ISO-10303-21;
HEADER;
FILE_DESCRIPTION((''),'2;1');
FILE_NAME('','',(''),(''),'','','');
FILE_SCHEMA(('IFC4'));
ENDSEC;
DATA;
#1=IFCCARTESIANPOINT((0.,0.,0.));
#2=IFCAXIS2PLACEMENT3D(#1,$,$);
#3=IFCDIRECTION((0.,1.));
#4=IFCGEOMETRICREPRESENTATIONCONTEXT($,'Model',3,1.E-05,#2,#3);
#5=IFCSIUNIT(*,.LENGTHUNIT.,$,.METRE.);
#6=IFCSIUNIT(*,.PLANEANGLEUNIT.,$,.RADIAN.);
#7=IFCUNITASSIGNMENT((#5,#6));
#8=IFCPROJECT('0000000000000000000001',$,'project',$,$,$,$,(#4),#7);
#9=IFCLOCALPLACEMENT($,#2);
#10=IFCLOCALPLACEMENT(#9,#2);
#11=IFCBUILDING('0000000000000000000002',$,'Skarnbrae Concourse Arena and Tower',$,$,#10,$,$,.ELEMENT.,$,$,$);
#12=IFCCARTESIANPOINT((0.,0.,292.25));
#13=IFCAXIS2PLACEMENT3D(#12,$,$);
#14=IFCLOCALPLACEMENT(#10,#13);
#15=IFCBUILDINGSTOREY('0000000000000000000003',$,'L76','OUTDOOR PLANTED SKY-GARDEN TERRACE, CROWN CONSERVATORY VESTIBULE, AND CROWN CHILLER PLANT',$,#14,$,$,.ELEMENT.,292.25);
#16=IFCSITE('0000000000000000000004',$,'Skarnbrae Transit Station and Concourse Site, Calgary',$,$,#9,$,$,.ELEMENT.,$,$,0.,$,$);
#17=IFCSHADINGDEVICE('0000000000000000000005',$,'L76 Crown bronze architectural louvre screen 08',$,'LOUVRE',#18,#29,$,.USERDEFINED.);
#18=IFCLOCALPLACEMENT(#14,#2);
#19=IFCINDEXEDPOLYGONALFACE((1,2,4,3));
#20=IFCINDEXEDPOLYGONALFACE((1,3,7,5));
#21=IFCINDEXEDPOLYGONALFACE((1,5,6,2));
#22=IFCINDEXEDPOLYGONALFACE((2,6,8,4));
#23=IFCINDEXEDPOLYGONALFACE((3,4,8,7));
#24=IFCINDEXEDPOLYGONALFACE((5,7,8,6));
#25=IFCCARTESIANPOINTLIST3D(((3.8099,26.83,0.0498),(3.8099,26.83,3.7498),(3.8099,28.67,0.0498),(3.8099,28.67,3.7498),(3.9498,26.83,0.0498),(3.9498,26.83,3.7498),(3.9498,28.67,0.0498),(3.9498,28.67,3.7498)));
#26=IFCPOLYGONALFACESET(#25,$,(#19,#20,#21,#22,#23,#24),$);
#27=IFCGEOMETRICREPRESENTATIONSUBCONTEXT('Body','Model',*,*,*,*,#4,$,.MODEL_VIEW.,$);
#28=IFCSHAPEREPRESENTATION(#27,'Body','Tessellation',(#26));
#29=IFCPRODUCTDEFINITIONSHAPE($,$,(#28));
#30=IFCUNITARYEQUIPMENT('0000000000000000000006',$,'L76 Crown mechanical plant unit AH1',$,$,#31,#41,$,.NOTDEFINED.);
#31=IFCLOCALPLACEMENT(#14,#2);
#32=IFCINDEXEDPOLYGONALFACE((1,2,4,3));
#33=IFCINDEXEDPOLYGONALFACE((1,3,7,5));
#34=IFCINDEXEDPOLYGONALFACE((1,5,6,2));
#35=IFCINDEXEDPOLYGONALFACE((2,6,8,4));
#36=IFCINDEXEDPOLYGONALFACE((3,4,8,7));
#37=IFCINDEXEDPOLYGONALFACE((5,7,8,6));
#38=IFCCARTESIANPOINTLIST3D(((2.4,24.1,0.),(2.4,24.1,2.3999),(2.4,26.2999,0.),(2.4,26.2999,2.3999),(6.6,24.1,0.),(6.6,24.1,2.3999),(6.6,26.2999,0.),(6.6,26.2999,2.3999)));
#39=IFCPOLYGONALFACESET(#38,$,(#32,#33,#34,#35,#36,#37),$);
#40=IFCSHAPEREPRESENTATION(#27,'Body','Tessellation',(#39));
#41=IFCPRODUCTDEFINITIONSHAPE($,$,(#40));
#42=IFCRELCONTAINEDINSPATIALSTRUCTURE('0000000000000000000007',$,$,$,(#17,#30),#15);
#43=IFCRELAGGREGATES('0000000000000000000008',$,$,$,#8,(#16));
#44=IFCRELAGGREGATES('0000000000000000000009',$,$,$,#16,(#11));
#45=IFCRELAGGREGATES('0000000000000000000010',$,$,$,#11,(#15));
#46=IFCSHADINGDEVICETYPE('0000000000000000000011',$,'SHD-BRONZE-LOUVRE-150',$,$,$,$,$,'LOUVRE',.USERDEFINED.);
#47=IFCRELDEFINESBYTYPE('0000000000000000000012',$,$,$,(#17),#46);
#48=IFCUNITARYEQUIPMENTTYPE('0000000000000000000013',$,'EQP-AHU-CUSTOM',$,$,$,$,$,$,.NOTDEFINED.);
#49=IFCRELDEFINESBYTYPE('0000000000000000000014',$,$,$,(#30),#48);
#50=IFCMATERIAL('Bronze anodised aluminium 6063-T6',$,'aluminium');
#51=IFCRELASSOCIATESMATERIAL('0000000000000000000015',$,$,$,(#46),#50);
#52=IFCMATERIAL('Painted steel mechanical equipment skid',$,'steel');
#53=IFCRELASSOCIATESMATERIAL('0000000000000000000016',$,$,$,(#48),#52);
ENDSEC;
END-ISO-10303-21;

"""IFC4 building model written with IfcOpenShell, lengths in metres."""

from ifc_helpers import new_model, si_unit, direction, frame, origin, origin_2d, place, context, subcontext, project, spatial, rectangle, extrude, source, transform, mapped, material, type_object, element, save


model = new_model("IFC4")

# Units and contexts
model_context = context("Model", 3, precision=1e-05, world=origin(), true_north=direction((0.0, 1.0)))
body_context = subcontext(model_context, "Body", "Model", "MODEL_VIEW")
ifc_project = project(units=[si_unit("LENGTHUNIT", "METRE"), si_unit("PLANEANGLEUNIT", "RADIAN")], contexts=[model_context])

# Site, building, storey
site_placement = place(None, origin())
site = spatial("IfcSite", under=ifc_project, at=site_placement, Name="Skarnbrae Transit Station and Concourse Site, Calgary", CompositionType="ELEMENT", RefElevation=0.0)
building_placement = place(site_placement, origin())
building = spatial("IfcBuilding", under=site, at=building_placement, Name="Skarnbrae Concourse Arena and Tower", CompositionType="ELEMENT")
storey_placement = place(building_placement, frame((0.0, 0.0, 292.25)))
storey = spatial("IfcBuildingStorey", under=building, at=storey_placement, Name="L76", Description="OUTDOOR PLANTED SKY-GARDEN TERRACE, CROWN CONSERVATORY VESTIBULE, AND CROWN CHILLER PLANT", CompositionType="ELEMENT", Elevation=292.25)

# Shared definitions
ifc_material_1 = material(Name="Bronze anodised aluminium 6063-T6", Category="aluminium")

# Shared definitions
shading_device_type = type_object("IfcShadingDeviceType", Name="SHD-BRONZE-LOUVRE-150", ElementType="LOUVRE", PredefinedType="USERDEFINED", material=ifc_material_1)

# Shading device
shared_shape_1 = source(origin(), body_context, "Body", "SweptSolid", [
    extrude(rectangle(XDim=1.8401, YDim=0.1399, at=origin_2d()), origin(), (0.0, 0.0, 1.0), 3.7),
])
shading_device_1_placement = place(storey_placement, frame((3.8799, 27.75, 0.0498), z_axis=(0.0, 0.0, 1.0), x_axis=(0.0, -1.0, 0.0)))
element("IfcShadingDevice", 1, at=shading_device_1_placement, inside=storey, type_object=shading_device_type, Name="L76 Crown bronze architectural louvre screen 08", ObjectType="LOUVRE", PredefinedType="USERDEFINED", context=body_context, shape_type="MappedRepresentation", body=[
    mapped(shared_shape_1, transform((0.0, 0.0, 0.0))),
])

# Unitary equipment
ifc_material_2 = material(Name="Painted steel mechanical equipment skid", Category="steel")
unitary_equipment_type = type_object("IfcUnitaryEquipmentType", Name="EQP-AHU-CUSTOM", PredefinedType="NOTDEFINED", material=ifc_material_2)
shared_shape_2 = source(origin(), body_context, "Body", "SweptSolid", [
    extrude(rectangle(XDim=4.2, YDim=2.2, at=origin_2d()), origin(), (0.0, 0.0, 1.0), 2.3999),
])
unitary_equipment_placement = place(storey_placement, frame((4.5, 25.2, 0.0), z_axis=(0.0, 0.0, 1.0), x_axis=(1.0, 0.0, 0.0)))
element("IfcUnitaryEquipment", 2, at=unitary_equipment_placement, inside=storey, type_object=unitary_equipment_type, Name="L76 Crown mechanical plant unit AH1", PredefinedType="NOTDEFINED", context=body_context, shape_type="MappedRepresentation", body=[
    mapped(shared_shape_2, transform((0.0, 0.0, 0.0))),
])

save(model, "model.ifc")
